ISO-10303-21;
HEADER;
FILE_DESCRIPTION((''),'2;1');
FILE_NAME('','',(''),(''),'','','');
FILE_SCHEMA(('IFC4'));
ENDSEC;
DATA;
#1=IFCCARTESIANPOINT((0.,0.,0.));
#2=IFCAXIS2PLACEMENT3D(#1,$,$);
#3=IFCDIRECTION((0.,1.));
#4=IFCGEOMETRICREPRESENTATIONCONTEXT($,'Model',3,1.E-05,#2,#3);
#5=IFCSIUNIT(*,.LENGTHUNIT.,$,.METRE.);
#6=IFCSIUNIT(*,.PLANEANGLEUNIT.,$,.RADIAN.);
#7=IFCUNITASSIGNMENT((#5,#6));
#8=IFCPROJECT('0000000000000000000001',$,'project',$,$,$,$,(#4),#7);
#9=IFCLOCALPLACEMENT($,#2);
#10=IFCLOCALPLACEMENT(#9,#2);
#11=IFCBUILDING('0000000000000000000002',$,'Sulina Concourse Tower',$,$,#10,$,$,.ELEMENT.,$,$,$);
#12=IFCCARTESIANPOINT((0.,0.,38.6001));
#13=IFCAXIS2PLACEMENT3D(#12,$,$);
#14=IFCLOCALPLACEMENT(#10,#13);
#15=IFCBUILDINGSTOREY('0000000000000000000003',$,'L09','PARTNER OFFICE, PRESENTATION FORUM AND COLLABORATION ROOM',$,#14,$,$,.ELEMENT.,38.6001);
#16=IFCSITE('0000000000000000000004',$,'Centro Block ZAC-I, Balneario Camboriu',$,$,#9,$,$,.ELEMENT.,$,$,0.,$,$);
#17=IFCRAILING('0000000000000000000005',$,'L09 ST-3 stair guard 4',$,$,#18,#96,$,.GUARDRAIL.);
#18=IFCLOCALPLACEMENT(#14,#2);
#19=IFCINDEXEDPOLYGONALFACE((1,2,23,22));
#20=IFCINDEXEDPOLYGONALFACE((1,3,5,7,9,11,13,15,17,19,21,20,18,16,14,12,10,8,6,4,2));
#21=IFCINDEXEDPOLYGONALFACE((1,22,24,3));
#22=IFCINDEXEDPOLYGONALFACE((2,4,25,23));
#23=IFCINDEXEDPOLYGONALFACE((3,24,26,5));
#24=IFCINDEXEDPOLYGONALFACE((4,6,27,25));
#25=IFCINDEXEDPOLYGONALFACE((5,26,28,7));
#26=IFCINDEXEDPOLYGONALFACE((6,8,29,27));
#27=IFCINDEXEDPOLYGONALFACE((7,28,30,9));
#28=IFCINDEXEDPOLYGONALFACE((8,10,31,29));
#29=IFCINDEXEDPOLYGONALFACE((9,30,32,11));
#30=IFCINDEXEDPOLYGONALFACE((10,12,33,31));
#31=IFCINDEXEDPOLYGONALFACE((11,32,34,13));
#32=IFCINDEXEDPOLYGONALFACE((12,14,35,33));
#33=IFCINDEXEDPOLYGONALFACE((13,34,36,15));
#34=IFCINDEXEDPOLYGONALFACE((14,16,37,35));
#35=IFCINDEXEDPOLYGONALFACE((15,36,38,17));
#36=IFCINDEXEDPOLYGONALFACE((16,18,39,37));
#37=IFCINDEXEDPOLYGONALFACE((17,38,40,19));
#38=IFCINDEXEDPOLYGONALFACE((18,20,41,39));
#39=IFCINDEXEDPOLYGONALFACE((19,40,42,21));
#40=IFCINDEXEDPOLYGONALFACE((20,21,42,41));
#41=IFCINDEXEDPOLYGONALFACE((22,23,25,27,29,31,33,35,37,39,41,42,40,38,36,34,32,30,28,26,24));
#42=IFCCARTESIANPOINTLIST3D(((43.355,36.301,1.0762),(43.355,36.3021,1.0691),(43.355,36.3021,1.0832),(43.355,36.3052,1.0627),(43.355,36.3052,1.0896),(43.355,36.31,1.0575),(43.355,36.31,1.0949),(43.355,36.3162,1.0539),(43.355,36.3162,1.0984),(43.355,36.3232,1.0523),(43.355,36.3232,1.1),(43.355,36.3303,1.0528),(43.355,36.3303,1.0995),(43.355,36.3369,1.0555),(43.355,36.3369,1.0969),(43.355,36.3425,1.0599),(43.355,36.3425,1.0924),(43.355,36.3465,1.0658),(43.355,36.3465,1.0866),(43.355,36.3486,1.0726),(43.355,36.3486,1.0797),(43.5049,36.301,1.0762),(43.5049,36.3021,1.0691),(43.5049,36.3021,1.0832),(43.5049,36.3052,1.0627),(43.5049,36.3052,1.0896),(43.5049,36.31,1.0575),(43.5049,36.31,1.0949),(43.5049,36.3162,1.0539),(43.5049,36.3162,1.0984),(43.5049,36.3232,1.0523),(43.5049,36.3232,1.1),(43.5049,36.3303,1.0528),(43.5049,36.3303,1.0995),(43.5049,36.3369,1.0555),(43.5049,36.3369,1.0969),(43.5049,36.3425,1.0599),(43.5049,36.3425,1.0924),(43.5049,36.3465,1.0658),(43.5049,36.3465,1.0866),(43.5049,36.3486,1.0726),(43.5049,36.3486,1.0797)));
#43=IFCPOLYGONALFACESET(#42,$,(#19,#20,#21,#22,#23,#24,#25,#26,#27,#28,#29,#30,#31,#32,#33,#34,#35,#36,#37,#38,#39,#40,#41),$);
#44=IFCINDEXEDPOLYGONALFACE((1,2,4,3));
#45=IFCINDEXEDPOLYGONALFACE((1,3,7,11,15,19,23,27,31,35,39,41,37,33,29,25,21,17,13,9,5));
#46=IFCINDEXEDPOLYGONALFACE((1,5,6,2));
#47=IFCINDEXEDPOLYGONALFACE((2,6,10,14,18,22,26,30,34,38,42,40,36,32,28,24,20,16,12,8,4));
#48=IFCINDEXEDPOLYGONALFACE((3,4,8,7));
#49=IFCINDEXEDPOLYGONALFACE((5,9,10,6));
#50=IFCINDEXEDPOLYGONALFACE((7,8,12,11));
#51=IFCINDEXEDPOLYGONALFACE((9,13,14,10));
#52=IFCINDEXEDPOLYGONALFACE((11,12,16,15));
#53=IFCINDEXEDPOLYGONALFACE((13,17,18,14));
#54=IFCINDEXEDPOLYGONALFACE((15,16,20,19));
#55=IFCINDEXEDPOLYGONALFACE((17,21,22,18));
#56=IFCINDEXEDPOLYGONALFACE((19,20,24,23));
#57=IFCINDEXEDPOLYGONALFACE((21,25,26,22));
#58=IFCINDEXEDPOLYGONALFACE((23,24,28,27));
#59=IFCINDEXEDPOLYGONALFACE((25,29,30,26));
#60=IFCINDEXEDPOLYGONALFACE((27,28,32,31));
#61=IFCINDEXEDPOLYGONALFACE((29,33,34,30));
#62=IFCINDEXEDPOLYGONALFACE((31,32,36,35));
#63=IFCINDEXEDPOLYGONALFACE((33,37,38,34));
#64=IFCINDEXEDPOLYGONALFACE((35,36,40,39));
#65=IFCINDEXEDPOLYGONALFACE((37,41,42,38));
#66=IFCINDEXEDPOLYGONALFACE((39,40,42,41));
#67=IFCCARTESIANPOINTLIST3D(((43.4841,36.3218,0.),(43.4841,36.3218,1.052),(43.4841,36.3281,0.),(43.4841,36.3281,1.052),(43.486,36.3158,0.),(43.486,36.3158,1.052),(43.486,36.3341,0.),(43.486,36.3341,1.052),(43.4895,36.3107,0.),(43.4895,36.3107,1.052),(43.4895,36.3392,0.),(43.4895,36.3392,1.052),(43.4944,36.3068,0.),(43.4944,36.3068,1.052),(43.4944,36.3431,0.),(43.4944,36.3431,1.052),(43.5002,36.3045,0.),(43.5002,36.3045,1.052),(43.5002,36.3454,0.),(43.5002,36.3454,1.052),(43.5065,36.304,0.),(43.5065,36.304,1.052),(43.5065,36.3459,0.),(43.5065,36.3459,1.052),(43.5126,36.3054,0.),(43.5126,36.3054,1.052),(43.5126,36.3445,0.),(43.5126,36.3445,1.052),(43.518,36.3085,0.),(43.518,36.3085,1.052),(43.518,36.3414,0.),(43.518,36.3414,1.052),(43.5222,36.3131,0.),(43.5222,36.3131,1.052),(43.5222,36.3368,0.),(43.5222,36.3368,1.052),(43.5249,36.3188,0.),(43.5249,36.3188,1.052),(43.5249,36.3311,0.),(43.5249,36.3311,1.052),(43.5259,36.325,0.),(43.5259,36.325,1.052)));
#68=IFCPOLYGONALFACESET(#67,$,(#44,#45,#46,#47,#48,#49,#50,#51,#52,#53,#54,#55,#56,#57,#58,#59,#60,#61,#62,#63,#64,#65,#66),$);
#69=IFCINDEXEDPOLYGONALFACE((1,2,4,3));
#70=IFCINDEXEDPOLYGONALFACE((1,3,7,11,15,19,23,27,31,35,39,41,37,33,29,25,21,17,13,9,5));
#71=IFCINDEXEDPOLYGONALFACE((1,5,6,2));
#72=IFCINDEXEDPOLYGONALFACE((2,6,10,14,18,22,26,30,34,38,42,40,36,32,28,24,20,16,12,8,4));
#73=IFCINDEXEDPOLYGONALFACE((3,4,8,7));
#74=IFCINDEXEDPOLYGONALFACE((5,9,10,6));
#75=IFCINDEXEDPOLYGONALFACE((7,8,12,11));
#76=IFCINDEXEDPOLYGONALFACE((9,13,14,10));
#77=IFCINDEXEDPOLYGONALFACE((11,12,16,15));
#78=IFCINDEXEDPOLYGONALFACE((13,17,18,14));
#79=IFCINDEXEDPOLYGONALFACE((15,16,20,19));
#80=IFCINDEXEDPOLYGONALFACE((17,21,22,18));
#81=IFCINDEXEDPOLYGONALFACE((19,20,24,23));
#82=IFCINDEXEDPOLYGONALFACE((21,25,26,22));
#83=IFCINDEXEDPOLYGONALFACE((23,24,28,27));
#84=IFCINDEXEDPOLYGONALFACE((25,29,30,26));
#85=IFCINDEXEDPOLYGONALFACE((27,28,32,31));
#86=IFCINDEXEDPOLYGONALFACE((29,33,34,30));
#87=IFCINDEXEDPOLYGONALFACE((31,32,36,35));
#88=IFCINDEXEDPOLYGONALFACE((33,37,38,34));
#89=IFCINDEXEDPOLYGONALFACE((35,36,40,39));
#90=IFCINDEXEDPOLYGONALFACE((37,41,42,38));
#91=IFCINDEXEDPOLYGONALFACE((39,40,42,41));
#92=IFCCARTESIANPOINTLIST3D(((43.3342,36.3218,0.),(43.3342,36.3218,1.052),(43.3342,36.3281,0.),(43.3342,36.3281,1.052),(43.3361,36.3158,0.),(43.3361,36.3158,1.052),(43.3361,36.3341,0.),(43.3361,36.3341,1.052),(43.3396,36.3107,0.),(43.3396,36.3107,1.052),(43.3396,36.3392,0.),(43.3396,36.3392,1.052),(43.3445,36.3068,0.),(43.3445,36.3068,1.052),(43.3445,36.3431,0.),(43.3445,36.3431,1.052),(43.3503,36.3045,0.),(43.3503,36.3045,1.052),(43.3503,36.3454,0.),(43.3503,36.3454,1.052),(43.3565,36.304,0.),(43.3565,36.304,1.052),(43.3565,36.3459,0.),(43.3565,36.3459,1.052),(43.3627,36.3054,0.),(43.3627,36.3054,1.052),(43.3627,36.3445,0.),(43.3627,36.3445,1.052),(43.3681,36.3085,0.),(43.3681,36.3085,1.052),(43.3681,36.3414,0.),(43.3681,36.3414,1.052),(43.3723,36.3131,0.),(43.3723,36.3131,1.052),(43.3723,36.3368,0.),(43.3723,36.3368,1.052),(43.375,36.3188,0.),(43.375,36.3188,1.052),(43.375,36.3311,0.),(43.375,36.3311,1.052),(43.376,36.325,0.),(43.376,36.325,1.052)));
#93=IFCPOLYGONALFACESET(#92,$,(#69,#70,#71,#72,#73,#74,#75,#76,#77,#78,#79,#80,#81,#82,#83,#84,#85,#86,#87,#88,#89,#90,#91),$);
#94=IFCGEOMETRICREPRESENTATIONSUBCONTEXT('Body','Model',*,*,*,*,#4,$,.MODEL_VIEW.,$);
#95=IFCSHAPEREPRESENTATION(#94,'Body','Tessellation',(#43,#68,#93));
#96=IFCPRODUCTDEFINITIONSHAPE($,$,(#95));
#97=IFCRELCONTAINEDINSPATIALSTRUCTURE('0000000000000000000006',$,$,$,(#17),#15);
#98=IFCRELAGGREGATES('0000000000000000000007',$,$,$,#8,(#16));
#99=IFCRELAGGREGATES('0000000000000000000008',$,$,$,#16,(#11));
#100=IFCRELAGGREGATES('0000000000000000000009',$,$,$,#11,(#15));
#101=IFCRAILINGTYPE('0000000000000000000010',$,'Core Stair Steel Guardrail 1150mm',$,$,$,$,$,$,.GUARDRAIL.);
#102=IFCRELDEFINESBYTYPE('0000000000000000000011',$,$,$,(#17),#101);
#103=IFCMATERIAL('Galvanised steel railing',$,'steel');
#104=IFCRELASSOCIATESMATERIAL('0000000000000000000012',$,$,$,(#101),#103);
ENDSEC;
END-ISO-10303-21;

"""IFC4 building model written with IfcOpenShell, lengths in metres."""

from ifc_helpers import new_model, si_unit, direction, frame, origin, origin_2d, place, context, subcontext, project, spatial, circle, extrude, material, type_object, element, save


model = new_model("IFC4")

# Units and contexts
model_context = context("Model", 3, precision=1e-05, world=origin(), true_north=direction((0.0, 1.0)))
body_context = subcontext(model_context, "Body", "Model", "MODEL_VIEW")
ifc_project = project(units=[si_unit("LENGTHUNIT", "METRE"), si_unit("PLANEANGLEUNIT", "RADIAN")], contexts=[model_context])

# Site, building, storey
site_placement = place(None, origin())
site = spatial("IfcSite", under=ifc_project, at=site_placement, Name="Centro Block ZAC-I, Balneario Camboriu", CompositionType="ELEMENT", RefElevation=0.0)
building_placement = place(site_placement, origin())
building = spatial("IfcBuilding", under=site, at=building_placement, Name="Sulina Concourse Tower", CompositionType="ELEMENT")
storey_placement = place(building_placement, frame((0.0, 0.0, 38.6001)))
storey = spatial("IfcBuildingStorey", under=building, at=storey_placement, Name="L09", Description="PARTNER OFFICE, PRESENTATION FORUM AND COLLABORATION ROOM", CompositionType="ELEMENT", Elevation=38.6001)

# Railing
ifc_material_1 = material(Name="Galvanised steel railing", Category="steel")
railing_type_1 = type_object("IfcRailingType", Name="Core Stair Steel Guardrail 1150mm", PredefinedType="GUARDRAIL", material=ifc_material_1)
railing_1_placement = place(storey_placement, frame((43.5049, 36.325, 0.0)))
element("IfcRailing", 1, at=railing_1_placement, inside=storey, type_object=railing_type_1, Name="L09 ST-3 stair guard 4", PredefinedType="GUARDRAIL", context=body_context, shape_type="SweptSolid", body=[
    extrude(circle(Radius=0.0239, at=origin_2d()), frame((0.0, 0.0, 1.0762), z_axis=(-1.0, 0.0, 0.0), x_axis=(0.0, -1.0, 0.0)), (0.0, 0.0, 1.0), 0.1499),
    extrude(circle(Radius=0.021, at=origin_2d()), origin(), (0.0, 0.0, 1.0), 1.052),
    extrude(circle(Radius=0.021, at=origin_2d()), frame((-0.1499, 0.0, 0.0)), (0.0, 0.0, 1.0), 1.052),
])

save(model, "model.ifc")
